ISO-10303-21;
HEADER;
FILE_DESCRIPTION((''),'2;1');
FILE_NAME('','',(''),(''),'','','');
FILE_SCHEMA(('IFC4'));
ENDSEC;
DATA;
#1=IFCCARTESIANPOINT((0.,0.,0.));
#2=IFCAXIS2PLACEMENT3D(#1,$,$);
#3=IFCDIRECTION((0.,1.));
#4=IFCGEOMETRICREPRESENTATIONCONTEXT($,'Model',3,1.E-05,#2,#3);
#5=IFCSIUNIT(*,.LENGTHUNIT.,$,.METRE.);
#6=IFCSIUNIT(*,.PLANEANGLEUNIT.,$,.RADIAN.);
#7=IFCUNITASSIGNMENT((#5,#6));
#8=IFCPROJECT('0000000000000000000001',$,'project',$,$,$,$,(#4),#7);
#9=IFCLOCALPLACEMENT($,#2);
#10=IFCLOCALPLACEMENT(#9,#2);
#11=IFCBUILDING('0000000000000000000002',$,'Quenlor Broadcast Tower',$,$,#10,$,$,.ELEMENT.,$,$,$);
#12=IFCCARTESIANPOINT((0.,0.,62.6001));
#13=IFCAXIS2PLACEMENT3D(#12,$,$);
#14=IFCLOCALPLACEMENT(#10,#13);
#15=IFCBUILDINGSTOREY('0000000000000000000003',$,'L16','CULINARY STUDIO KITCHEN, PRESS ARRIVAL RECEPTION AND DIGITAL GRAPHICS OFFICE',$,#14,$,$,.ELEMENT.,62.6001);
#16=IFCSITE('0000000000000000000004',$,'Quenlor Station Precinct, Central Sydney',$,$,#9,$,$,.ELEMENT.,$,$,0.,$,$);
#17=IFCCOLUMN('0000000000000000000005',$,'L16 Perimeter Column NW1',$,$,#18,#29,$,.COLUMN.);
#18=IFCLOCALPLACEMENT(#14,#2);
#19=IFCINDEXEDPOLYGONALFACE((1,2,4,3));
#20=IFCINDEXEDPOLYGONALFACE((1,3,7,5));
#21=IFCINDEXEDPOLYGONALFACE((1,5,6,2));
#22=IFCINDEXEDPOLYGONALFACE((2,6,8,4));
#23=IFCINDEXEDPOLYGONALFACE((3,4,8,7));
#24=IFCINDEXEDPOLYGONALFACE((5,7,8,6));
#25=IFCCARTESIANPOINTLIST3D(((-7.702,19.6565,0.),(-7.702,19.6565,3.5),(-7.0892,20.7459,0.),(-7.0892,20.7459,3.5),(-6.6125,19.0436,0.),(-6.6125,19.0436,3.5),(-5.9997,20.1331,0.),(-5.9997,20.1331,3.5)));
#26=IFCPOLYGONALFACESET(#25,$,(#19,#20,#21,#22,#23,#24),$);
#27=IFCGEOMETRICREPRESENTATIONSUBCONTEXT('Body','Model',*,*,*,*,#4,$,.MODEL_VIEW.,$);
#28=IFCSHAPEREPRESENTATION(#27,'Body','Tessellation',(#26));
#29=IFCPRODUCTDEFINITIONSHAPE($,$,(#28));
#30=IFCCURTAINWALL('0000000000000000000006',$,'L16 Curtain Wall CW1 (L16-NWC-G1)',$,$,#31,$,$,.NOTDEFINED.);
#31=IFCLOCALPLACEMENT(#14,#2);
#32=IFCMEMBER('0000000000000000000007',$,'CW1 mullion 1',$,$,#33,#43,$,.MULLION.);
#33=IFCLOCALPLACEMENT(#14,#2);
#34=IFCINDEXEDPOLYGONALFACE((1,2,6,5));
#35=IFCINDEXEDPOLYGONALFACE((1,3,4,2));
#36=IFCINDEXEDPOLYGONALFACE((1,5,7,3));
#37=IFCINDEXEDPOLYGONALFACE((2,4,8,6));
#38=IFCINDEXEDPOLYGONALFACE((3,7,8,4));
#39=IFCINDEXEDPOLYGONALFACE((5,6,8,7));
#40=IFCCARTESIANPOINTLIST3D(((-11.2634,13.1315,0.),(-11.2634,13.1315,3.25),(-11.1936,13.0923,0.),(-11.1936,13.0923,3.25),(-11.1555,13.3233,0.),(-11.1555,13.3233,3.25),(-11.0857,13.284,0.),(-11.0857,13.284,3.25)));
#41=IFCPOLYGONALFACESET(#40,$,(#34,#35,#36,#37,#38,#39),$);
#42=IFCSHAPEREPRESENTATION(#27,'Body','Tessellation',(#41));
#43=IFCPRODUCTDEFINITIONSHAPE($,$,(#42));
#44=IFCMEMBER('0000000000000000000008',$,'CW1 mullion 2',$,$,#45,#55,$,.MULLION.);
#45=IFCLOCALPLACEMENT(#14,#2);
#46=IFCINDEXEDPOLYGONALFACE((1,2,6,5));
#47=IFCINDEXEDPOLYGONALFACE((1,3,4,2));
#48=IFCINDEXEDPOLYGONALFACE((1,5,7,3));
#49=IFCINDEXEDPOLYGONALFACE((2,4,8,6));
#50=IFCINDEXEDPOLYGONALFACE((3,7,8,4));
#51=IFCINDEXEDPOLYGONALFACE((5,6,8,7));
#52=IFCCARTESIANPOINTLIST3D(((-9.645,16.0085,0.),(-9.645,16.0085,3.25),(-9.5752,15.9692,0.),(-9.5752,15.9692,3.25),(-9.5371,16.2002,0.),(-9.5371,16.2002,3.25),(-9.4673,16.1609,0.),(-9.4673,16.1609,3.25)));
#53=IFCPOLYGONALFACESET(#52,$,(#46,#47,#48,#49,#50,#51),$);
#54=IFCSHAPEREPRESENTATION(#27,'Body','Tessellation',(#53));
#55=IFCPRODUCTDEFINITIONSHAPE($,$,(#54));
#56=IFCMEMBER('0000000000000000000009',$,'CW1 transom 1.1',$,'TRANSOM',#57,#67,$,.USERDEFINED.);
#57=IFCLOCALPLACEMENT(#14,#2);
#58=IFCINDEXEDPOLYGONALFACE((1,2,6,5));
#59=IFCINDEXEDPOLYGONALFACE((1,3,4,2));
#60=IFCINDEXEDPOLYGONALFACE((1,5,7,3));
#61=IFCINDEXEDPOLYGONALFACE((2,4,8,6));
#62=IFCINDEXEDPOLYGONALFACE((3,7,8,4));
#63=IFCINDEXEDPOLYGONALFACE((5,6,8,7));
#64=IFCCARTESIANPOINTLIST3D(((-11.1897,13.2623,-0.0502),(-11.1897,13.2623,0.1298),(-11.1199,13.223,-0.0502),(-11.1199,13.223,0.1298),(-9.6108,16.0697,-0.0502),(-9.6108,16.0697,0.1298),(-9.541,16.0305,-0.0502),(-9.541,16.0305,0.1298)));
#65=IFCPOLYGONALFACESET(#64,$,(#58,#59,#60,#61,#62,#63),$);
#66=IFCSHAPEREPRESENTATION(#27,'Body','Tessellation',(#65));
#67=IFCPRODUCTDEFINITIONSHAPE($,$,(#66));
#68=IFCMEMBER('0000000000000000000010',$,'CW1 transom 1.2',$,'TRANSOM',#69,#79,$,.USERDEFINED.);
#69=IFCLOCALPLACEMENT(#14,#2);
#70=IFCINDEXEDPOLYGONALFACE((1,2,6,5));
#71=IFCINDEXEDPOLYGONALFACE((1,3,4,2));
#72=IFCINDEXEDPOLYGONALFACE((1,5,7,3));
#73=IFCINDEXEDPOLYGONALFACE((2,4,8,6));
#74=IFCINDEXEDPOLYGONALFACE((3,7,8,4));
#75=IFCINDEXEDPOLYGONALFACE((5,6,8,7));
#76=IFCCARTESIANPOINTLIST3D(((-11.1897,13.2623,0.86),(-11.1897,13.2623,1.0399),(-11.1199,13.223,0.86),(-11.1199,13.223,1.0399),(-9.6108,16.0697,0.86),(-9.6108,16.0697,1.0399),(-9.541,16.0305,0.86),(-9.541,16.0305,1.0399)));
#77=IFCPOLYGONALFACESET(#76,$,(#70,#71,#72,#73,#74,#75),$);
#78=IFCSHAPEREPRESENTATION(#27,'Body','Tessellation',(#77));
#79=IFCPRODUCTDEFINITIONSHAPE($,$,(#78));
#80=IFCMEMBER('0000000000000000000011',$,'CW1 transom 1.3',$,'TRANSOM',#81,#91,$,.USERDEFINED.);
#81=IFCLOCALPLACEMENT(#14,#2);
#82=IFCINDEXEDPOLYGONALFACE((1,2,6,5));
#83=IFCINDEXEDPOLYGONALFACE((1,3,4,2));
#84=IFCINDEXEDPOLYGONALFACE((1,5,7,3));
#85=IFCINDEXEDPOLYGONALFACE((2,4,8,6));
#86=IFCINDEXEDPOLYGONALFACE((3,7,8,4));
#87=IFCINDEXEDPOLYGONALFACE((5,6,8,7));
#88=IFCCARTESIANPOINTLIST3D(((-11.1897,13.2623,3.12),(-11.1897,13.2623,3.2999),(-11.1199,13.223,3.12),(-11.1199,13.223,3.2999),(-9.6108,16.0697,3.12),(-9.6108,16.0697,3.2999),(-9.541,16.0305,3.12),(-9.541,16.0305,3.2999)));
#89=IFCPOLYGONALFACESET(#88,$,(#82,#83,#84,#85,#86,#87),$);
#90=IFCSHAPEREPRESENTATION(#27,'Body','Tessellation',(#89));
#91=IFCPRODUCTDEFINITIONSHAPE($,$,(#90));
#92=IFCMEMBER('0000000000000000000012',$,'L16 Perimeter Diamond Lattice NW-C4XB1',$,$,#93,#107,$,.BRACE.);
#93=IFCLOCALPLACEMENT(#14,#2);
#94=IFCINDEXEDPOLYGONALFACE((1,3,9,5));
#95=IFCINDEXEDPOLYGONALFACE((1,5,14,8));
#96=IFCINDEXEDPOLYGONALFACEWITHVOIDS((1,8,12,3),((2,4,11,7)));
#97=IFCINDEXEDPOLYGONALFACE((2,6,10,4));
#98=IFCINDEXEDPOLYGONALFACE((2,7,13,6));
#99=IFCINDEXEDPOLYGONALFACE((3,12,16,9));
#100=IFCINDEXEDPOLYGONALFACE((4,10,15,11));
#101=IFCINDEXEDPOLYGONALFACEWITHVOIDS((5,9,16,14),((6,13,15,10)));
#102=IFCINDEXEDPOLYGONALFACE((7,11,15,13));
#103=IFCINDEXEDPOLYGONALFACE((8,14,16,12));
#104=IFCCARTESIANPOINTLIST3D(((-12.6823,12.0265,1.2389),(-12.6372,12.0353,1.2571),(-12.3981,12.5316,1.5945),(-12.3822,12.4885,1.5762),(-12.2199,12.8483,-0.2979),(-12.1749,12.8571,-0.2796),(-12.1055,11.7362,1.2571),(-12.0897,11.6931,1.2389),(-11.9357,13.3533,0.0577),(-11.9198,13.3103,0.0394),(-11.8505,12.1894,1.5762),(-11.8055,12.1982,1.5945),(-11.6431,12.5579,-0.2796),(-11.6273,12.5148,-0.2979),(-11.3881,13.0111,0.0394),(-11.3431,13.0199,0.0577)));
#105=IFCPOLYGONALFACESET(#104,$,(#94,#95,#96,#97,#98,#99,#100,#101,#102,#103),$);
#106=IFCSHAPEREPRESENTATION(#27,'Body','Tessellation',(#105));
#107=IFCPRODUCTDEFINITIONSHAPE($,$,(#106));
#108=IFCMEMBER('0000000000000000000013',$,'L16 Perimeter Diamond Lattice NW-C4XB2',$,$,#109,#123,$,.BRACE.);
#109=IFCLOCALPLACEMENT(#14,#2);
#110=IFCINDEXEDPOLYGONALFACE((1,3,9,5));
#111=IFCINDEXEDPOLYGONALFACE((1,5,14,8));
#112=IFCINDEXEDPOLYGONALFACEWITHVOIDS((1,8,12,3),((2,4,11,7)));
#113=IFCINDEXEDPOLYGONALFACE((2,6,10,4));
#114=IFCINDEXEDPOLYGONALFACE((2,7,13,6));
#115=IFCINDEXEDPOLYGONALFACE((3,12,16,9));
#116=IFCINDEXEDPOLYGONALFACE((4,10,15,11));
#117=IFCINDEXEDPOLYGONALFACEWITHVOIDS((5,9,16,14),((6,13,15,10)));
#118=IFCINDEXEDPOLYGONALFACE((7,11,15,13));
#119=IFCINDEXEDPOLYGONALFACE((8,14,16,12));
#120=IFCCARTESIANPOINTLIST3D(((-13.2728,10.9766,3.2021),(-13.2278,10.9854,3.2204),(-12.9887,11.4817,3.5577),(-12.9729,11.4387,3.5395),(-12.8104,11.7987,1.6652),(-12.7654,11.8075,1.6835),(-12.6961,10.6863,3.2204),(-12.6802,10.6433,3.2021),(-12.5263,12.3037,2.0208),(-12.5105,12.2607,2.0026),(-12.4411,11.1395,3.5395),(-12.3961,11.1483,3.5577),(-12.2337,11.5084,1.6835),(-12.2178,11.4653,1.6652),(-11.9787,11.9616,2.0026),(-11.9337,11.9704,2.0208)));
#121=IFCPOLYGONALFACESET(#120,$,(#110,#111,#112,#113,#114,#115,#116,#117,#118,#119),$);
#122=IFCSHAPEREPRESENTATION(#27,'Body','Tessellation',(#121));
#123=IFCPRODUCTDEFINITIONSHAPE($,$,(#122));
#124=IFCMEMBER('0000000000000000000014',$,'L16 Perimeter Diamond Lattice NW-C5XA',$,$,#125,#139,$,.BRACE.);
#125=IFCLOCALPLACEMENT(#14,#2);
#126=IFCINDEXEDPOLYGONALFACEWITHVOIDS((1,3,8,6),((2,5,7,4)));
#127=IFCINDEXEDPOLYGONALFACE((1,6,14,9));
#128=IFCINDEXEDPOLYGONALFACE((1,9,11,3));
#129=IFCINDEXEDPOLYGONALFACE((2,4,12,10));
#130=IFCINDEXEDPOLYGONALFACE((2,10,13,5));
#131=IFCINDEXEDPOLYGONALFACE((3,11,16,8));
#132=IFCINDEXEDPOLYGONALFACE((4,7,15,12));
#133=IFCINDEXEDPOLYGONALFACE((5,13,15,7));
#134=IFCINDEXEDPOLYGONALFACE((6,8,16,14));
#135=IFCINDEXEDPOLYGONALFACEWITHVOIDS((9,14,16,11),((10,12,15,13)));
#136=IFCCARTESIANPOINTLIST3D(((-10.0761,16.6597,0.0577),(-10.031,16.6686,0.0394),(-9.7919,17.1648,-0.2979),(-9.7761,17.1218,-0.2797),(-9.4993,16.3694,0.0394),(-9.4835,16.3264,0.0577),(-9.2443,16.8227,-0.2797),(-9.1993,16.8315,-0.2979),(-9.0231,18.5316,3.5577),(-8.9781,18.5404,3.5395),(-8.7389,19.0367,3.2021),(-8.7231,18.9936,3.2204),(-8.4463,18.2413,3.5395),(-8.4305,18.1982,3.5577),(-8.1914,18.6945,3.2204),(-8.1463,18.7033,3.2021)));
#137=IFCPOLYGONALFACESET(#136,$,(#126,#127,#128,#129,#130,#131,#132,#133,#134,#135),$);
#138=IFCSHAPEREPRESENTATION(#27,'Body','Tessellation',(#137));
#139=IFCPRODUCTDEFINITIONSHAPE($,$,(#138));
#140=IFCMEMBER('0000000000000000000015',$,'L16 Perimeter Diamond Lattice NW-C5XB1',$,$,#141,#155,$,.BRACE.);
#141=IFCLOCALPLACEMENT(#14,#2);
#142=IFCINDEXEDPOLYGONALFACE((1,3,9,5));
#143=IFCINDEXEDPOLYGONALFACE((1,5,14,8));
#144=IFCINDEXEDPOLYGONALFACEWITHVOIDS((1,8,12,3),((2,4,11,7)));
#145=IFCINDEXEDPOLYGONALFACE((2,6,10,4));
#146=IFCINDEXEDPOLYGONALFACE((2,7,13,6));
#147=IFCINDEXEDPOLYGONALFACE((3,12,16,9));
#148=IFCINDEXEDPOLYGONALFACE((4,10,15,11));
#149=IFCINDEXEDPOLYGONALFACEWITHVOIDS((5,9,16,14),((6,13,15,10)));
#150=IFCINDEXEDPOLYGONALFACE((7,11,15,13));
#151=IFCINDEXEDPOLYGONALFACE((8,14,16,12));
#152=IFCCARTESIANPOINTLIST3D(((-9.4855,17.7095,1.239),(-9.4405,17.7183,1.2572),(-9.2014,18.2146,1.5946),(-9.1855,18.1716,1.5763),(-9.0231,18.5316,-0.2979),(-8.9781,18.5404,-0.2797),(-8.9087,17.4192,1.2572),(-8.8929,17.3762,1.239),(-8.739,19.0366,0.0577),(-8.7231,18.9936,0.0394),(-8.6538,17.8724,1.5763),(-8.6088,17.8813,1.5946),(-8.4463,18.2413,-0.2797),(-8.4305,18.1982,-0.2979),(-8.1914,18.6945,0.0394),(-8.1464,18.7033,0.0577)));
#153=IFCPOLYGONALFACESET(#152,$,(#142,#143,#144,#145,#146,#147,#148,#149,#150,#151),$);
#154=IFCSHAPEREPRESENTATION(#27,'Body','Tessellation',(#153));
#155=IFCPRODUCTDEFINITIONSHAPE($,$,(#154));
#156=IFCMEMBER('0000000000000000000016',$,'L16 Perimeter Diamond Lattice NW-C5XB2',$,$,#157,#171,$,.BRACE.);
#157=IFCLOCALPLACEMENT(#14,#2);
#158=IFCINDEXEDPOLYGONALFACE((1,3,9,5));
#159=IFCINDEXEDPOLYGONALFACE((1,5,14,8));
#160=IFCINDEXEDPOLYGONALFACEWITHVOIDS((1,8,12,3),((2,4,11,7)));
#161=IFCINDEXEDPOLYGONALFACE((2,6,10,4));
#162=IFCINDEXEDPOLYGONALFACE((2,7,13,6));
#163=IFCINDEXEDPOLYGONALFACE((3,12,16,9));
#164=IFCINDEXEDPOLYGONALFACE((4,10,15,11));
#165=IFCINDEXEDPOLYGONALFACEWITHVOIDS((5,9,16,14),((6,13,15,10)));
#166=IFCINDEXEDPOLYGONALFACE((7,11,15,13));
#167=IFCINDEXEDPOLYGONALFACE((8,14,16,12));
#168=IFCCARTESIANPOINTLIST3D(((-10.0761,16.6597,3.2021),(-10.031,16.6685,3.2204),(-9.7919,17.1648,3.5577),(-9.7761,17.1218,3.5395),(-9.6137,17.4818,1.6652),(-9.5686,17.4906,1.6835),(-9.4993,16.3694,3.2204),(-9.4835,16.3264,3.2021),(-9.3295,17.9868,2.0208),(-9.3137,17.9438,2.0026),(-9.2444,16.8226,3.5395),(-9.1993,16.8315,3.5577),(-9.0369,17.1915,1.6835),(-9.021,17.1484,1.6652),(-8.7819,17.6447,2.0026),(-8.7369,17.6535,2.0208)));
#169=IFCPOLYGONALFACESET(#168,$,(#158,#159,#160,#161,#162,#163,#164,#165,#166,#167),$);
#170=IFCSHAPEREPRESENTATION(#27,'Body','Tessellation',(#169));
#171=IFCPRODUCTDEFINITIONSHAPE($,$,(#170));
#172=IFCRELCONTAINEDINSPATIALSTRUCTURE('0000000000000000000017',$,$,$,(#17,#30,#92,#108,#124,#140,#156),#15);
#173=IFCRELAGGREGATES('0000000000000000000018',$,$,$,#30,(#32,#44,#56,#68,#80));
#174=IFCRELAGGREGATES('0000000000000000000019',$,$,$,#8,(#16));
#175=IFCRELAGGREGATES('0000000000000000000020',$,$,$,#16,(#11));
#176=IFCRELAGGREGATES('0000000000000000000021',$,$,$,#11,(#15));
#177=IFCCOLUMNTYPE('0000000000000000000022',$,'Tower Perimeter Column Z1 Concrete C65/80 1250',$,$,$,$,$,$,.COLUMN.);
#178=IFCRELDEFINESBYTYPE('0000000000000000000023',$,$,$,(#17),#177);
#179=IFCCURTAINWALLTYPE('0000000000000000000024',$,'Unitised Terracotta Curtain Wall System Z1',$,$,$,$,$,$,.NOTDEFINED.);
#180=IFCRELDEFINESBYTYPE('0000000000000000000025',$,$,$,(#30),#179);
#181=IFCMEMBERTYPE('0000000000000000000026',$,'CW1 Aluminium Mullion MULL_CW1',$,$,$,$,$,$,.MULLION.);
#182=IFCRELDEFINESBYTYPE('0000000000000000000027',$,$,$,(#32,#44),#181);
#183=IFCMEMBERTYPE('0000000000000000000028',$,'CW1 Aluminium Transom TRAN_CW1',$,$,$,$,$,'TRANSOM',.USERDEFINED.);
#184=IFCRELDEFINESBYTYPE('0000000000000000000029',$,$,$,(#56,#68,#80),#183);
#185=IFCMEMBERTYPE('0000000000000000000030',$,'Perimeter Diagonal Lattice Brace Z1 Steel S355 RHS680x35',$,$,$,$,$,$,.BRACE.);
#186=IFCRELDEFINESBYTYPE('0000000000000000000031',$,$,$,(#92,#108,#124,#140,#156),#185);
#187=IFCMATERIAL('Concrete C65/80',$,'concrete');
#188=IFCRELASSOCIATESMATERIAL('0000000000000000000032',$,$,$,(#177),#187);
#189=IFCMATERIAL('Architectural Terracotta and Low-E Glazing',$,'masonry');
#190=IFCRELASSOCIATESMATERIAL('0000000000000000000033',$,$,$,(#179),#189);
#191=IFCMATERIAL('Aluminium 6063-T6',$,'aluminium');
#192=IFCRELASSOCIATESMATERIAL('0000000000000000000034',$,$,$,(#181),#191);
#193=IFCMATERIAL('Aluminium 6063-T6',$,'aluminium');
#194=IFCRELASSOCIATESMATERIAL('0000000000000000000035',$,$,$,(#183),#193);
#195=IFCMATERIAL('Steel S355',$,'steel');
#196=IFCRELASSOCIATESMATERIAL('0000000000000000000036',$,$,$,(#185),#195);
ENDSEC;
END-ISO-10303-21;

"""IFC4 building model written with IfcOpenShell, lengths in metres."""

from ifc_helpers import new_model, si_unit, direction, frame, origin, origin_2d, place, context, subcontext, project, spatial, rectangle, hollow_rectangle, extrude, material, material_profile, profile_set, type_object, element, aggregate, save


model = new_model("IFC4")

# Units and contexts
model_context = context("Model", 3, precision=1e-05, world=origin(), true_north=direction((0.0, 1.0)))
body_context = subcontext(model_context, "Body", "Model", "MODEL_VIEW")
ifc_project = project(units=[si_unit("LENGTHUNIT", "METRE"), si_unit("PLANEANGLEUNIT", "RADIAN")], contexts=[model_context])

# Site, building, storey
site_placement = place(None, origin())
site = spatial("IfcSite", under=ifc_project, at=site_placement, Name="Quenlor Station Precinct, Central Sydney", CompositionType="ELEMENT", RefElevation=0.0)
building_placement = place(site_placement, origin())
building = spatial("IfcBuilding", under=site, at=building_placement, Name="Quenlor Broadcast Tower", CompositionType="ELEMENT")
storey_placement = place(building_placement, frame((0.0, 0.0, 62.6001)))
storey = spatial("IfcBuildingStorey", under=building, at=storey_placement, Name="L16", Description="CULINARY STUDIO KITCHEN, PRESS ARRIVAL RECEPTION AND DIGITAL GRAPHICS OFFICE", CompositionType="ELEMENT", Elevation=62.6001)

# Column
ifc_material_1 = material(Name="Concrete C65/80", Category="concrete")
ifc_material_profile_1 = material_profile(ifc_material_1, rectangle(XDim=1.25, YDim=1.25, at=origin_2d()))
ifc_profile_set_1 = profile_set([ifc_material_profile_1], Name="Concrete C65/80 RC1250x1250")
column_type = type_object("IfcColumnType", Name="Tower Perimeter Column Z1 Concrete C65/80 1250", PredefinedType="COLUMN", material=ifc_profile_set_1)
column_placement = place(storey_placement, frame((-6.8508, 19.8948, 0.0), z_axis=(0.0, 0.0, 1.0), x_axis=(-0.871575, 0.490262, 0.0)))
element("IfcColumn", 1, at=column_placement, inside=storey, type_object=column_type, Name="L16 Perimeter Column NW1", PredefinedType="COLUMN", context=body_context, shape_type="SweptSolid", body=[
    extrude(rectangle(XDim=1.25, YDim=1.25, at=origin_2d()), origin(), (0.0, 0.0, 1.0), 3.5),
])

# Curtain wall, members
ifc_material_2 = material(Name="Architectural Terracotta and Low-E Glazing", Category="masonry")
curtain_wall_type = type_object("IfcCurtainWallType", Name="Unitised Terracotta Curtain Wall System Z1", PredefinedType="NOTDEFINED", material=ifc_material_2)
curtain_wall_placement = place(storey_placement, origin())
curtain_wall = element("IfcCurtainWall", 2, at=curtain_wall_placement, inside=storey, type_object=curtain_wall_type, Name="L16 Curtain Wall CW1 (L16-NWC-G1)", PredefinedType="NOTDEFINED")
ifc_material_3 = material(Name="Aluminium 6063-T6", Category="aluminium")
ifc_material_profile_2 = material_profile(ifc_material_3, rectangle(XDim=0.0801, YDim=0.22, at=origin_2d()))
ifc_profile_set_2 = profile_set([ifc_material_profile_2], Name="Aluminium 6063-T6 MULL80x220")
member_type_1 = type_object("IfcMemberType", Name="CW1 Aluminium Mullion MULL_CW1", PredefinedType="MULLION", material=ifc_profile_set_2)
member_1_placement = place(storey_placement, frame((-11.1746, 13.2078, 0.0), z_axis=(0.0, 0.0, 1.0), x_axis=(-0.871585, 0.490244, 0.0)))
member_1 = element("IfcMember", 3, at=member_1_placement, type_object=member_type_1, Name="CW1 mullion 1", PredefinedType="MULLION", context=body_context, shape_type="SweptSolid", body=[
    extrude(rectangle(XDim=0.0801, YDim=0.22, at=origin_2d()), origin(), (0.0, 0.0, 1.0), 3.25),
])
member_2_placement = place(storey_placement, frame((-9.5562, 16.0847, 0.0), z_axis=(0.0, 0.0, 1.0), x_axis=(-0.871585, 0.490244, 0.0)))
member_2 = element("IfcMember", 4, at=member_2_placement, type_object=member_type_1, Name="CW1 mullion 2", PredefinedType="MULLION", context=body_context, shape_type="SweptSolid", body=[
    extrude(rectangle(XDim=0.0801, YDim=0.22, at=origin_2d()), origin(), (0.0, 0.0, 1.0), 3.25),
])
ifc_material_4 = material(Name="Aluminium 6063-T6", Category="aluminium")
ifc_material_profile_3 = material_profile(ifc_material_4, rectangle(XDim=0.0801, YDim=0.1799, at=origin_2d()))
ifc_profile_set_3 = profile_set([ifc_material_profile_3], Name="Aluminium 6063-T6 TRAN80x180")
member_type_2 = type_object("IfcMemberType", Name="CW1 Aluminium Transom TRAN_CW1", ElementType="TRANSOM", PredefinedType="USERDEFINED", material=ifc_profile_set_3)
member_3_placement = place(storey_placement, frame((-11.1548, 13.2427, 0.0398), z_axis=(0.490193, 0.871614, 0.0), x_axis=(-0.871614, 0.490193, 0.0)))
member_3 = element("IfcMember", 5, at=member_3_placement, type_object=member_type_2, Name="CW1 transom 1.1", ObjectType="TRANSOM", PredefinedType="USERDEFINED", context=body_context, shape_type="SweptSolid", body=[
    extrude(rectangle(XDim=0.0801, YDim=0.1799, at=origin_2d()), origin(), (0.0, 0.0, 1.0), 3.2209),
])
member_4_placement = place(storey_placement, frame((-11.1548, 13.2427, 0.95), z_axis=(0.490193, 0.871614, 0.0), x_axis=(-0.871614, 0.490193, 0.0)))
member_4 = element("IfcMember", 6, at=member_4_placement, type_object=member_type_2, Name="CW1 transom 1.2", ObjectType="TRANSOM", PredefinedType="USERDEFINED", context=body_context, shape_type="SweptSolid", body=[
    extrude(rectangle(XDim=0.0801, YDim=0.1799, at=origin_2d()), origin(), (0.0, 0.0, 1.0), 3.2209),
])
member_5_placement = place(storey_placement, frame((-11.1548, 13.2427, 3.21), z_axis=(0.490193, 0.871614, 0.0), x_axis=(-0.871614, 0.490193, 0.0)))
member_5 = element("IfcMember", 7, at=member_5_placement, type_object=member_type_2, Name="CW1 transom 1.3", ObjectType="TRANSOM", PredefinedType="USERDEFINED", context=body_context, shape_type="SweptSolid", body=[
    extrude(rectangle(XDim=0.0801, YDim=0.1799, at=origin_2d()), origin(), (0.0, 0.0, 1.0), 3.2209),
])

# Members
ifc_material_5 = material(Name="Steel S355", Category="steel")
ifc_material_profile_4 = material_profile(ifc_material_5, hollow_rectangle(XDim=0.6799, YDim=0.6799, WallThickness=0.0349, at=origin_2d()))
ifc_profile_set_4 = profile_set([ifc_material_profile_4], Name="Steel S355 RHS680x680x35")
member_type_3 = type_object("IfcMemberType", Name="Perimeter Diagonal Lattice Brace Z1 Steel S355 RHS680x35", PredefinedType="BRACE", material=ifc_profile_set_4)
member_6_placement = place(storey_placement, frame((-11.7815, 12.9341, -0.1201), z_axis=(-0.256452, -0.455764, 0.852357), x_axis=(0.871506, -0.490384, 0.0)))
element("IfcMember", 8, at=member_6_placement, inside=storey, type_object=member_type_3, Name="L16 Perimeter Diamond Lattice NW-C4XB1", PredefinedType="BRACE", context=body_context, shape_type="SweptSolid", body=[
    extrude(hollow_rectangle(XDim=0.6799, YDim=0.6799, WallThickness=0.0349, at=origin_2d()), origin(), (0.0, 0.0, 1.0), 1.803),
])
member_7_placement = place(storey_placement, frame((-12.3721, 11.8845, 1.843), z_axis=(-0.256436, -0.455871, 0.852304), x_axis=(0.871569, -0.490274, 0.0)))
element("IfcMember", 9, at=member_7_placement, inside=storey, type_object=member_type_3, Name="L16 Perimeter Diamond Lattice NW-C4XB2", PredefinedType="BRACE", context=body_context, shape_type="SweptSolid", body=[
    extrude(hollow_rectangle(XDim=0.6799, YDim=0.6799, WallThickness=0.0349, at=origin_2d()), origin(), (0.0, 0.0, 1.0), 1.8032),
])
member_8_placement = place(storey_placement, frame((-9.6377, 16.7456, -0.1201), z_axis=(0.256424, 0.455832, 0.852329), x_axis=(-0.87156, 0.490288, 0.0)))
element("IfcMember", 10, at=member_8_placement, inside=storey, type_object=member_type_3, Name="L16 Perimeter Diamond Lattice NW-C5XA", PredefinedType="BRACE", context=body_context, shape_type="SweptSolid", body=[
    extrude(hollow_rectangle(XDim=0.6799, YDim=0.6799, WallThickness=0.0349, at=origin_2d()), origin(), (0.0, 0.0, 1.0), 4.1064),
])
for number, where, z_axis, x_axis, name in (
    (11, (-8.5847, 18.6174, -0.1201), (-0.256436, -0.455871, 0.852304), (0.871569, -0.490274, 0.0), "L16 Perimeter Diamond Lattice NW-C5XB1"),
    (12, (-9.1753, 17.5676, 1.843), (-0.256436, -0.455871, 0.852304), (0.871569, -0.490274, 0.0), "L16 Perimeter Diamond Lattice NW-C5XB2"),
):
    element("IfcMember", number, at=place(storey_placement, frame(where, z_axis=z_axis, x_axis=x_axis)), inside=storey, type_object=member_type_3, Name=name, PredefinedType="BRACE", context=body_context, shape_type="SweptSolid", body=[
        extrude(hollow_rectangle(XDim=0.6799, YDim=0.6799, WallThickness=0.0349, at=origin_2d()), origin(), (0.0, 0.0, 1.0), 1.8032),
    ])

aggregate(curtain_wall, [member_1, member_2, member_3, member_4, member_5])

save(model, "model.ifc")
